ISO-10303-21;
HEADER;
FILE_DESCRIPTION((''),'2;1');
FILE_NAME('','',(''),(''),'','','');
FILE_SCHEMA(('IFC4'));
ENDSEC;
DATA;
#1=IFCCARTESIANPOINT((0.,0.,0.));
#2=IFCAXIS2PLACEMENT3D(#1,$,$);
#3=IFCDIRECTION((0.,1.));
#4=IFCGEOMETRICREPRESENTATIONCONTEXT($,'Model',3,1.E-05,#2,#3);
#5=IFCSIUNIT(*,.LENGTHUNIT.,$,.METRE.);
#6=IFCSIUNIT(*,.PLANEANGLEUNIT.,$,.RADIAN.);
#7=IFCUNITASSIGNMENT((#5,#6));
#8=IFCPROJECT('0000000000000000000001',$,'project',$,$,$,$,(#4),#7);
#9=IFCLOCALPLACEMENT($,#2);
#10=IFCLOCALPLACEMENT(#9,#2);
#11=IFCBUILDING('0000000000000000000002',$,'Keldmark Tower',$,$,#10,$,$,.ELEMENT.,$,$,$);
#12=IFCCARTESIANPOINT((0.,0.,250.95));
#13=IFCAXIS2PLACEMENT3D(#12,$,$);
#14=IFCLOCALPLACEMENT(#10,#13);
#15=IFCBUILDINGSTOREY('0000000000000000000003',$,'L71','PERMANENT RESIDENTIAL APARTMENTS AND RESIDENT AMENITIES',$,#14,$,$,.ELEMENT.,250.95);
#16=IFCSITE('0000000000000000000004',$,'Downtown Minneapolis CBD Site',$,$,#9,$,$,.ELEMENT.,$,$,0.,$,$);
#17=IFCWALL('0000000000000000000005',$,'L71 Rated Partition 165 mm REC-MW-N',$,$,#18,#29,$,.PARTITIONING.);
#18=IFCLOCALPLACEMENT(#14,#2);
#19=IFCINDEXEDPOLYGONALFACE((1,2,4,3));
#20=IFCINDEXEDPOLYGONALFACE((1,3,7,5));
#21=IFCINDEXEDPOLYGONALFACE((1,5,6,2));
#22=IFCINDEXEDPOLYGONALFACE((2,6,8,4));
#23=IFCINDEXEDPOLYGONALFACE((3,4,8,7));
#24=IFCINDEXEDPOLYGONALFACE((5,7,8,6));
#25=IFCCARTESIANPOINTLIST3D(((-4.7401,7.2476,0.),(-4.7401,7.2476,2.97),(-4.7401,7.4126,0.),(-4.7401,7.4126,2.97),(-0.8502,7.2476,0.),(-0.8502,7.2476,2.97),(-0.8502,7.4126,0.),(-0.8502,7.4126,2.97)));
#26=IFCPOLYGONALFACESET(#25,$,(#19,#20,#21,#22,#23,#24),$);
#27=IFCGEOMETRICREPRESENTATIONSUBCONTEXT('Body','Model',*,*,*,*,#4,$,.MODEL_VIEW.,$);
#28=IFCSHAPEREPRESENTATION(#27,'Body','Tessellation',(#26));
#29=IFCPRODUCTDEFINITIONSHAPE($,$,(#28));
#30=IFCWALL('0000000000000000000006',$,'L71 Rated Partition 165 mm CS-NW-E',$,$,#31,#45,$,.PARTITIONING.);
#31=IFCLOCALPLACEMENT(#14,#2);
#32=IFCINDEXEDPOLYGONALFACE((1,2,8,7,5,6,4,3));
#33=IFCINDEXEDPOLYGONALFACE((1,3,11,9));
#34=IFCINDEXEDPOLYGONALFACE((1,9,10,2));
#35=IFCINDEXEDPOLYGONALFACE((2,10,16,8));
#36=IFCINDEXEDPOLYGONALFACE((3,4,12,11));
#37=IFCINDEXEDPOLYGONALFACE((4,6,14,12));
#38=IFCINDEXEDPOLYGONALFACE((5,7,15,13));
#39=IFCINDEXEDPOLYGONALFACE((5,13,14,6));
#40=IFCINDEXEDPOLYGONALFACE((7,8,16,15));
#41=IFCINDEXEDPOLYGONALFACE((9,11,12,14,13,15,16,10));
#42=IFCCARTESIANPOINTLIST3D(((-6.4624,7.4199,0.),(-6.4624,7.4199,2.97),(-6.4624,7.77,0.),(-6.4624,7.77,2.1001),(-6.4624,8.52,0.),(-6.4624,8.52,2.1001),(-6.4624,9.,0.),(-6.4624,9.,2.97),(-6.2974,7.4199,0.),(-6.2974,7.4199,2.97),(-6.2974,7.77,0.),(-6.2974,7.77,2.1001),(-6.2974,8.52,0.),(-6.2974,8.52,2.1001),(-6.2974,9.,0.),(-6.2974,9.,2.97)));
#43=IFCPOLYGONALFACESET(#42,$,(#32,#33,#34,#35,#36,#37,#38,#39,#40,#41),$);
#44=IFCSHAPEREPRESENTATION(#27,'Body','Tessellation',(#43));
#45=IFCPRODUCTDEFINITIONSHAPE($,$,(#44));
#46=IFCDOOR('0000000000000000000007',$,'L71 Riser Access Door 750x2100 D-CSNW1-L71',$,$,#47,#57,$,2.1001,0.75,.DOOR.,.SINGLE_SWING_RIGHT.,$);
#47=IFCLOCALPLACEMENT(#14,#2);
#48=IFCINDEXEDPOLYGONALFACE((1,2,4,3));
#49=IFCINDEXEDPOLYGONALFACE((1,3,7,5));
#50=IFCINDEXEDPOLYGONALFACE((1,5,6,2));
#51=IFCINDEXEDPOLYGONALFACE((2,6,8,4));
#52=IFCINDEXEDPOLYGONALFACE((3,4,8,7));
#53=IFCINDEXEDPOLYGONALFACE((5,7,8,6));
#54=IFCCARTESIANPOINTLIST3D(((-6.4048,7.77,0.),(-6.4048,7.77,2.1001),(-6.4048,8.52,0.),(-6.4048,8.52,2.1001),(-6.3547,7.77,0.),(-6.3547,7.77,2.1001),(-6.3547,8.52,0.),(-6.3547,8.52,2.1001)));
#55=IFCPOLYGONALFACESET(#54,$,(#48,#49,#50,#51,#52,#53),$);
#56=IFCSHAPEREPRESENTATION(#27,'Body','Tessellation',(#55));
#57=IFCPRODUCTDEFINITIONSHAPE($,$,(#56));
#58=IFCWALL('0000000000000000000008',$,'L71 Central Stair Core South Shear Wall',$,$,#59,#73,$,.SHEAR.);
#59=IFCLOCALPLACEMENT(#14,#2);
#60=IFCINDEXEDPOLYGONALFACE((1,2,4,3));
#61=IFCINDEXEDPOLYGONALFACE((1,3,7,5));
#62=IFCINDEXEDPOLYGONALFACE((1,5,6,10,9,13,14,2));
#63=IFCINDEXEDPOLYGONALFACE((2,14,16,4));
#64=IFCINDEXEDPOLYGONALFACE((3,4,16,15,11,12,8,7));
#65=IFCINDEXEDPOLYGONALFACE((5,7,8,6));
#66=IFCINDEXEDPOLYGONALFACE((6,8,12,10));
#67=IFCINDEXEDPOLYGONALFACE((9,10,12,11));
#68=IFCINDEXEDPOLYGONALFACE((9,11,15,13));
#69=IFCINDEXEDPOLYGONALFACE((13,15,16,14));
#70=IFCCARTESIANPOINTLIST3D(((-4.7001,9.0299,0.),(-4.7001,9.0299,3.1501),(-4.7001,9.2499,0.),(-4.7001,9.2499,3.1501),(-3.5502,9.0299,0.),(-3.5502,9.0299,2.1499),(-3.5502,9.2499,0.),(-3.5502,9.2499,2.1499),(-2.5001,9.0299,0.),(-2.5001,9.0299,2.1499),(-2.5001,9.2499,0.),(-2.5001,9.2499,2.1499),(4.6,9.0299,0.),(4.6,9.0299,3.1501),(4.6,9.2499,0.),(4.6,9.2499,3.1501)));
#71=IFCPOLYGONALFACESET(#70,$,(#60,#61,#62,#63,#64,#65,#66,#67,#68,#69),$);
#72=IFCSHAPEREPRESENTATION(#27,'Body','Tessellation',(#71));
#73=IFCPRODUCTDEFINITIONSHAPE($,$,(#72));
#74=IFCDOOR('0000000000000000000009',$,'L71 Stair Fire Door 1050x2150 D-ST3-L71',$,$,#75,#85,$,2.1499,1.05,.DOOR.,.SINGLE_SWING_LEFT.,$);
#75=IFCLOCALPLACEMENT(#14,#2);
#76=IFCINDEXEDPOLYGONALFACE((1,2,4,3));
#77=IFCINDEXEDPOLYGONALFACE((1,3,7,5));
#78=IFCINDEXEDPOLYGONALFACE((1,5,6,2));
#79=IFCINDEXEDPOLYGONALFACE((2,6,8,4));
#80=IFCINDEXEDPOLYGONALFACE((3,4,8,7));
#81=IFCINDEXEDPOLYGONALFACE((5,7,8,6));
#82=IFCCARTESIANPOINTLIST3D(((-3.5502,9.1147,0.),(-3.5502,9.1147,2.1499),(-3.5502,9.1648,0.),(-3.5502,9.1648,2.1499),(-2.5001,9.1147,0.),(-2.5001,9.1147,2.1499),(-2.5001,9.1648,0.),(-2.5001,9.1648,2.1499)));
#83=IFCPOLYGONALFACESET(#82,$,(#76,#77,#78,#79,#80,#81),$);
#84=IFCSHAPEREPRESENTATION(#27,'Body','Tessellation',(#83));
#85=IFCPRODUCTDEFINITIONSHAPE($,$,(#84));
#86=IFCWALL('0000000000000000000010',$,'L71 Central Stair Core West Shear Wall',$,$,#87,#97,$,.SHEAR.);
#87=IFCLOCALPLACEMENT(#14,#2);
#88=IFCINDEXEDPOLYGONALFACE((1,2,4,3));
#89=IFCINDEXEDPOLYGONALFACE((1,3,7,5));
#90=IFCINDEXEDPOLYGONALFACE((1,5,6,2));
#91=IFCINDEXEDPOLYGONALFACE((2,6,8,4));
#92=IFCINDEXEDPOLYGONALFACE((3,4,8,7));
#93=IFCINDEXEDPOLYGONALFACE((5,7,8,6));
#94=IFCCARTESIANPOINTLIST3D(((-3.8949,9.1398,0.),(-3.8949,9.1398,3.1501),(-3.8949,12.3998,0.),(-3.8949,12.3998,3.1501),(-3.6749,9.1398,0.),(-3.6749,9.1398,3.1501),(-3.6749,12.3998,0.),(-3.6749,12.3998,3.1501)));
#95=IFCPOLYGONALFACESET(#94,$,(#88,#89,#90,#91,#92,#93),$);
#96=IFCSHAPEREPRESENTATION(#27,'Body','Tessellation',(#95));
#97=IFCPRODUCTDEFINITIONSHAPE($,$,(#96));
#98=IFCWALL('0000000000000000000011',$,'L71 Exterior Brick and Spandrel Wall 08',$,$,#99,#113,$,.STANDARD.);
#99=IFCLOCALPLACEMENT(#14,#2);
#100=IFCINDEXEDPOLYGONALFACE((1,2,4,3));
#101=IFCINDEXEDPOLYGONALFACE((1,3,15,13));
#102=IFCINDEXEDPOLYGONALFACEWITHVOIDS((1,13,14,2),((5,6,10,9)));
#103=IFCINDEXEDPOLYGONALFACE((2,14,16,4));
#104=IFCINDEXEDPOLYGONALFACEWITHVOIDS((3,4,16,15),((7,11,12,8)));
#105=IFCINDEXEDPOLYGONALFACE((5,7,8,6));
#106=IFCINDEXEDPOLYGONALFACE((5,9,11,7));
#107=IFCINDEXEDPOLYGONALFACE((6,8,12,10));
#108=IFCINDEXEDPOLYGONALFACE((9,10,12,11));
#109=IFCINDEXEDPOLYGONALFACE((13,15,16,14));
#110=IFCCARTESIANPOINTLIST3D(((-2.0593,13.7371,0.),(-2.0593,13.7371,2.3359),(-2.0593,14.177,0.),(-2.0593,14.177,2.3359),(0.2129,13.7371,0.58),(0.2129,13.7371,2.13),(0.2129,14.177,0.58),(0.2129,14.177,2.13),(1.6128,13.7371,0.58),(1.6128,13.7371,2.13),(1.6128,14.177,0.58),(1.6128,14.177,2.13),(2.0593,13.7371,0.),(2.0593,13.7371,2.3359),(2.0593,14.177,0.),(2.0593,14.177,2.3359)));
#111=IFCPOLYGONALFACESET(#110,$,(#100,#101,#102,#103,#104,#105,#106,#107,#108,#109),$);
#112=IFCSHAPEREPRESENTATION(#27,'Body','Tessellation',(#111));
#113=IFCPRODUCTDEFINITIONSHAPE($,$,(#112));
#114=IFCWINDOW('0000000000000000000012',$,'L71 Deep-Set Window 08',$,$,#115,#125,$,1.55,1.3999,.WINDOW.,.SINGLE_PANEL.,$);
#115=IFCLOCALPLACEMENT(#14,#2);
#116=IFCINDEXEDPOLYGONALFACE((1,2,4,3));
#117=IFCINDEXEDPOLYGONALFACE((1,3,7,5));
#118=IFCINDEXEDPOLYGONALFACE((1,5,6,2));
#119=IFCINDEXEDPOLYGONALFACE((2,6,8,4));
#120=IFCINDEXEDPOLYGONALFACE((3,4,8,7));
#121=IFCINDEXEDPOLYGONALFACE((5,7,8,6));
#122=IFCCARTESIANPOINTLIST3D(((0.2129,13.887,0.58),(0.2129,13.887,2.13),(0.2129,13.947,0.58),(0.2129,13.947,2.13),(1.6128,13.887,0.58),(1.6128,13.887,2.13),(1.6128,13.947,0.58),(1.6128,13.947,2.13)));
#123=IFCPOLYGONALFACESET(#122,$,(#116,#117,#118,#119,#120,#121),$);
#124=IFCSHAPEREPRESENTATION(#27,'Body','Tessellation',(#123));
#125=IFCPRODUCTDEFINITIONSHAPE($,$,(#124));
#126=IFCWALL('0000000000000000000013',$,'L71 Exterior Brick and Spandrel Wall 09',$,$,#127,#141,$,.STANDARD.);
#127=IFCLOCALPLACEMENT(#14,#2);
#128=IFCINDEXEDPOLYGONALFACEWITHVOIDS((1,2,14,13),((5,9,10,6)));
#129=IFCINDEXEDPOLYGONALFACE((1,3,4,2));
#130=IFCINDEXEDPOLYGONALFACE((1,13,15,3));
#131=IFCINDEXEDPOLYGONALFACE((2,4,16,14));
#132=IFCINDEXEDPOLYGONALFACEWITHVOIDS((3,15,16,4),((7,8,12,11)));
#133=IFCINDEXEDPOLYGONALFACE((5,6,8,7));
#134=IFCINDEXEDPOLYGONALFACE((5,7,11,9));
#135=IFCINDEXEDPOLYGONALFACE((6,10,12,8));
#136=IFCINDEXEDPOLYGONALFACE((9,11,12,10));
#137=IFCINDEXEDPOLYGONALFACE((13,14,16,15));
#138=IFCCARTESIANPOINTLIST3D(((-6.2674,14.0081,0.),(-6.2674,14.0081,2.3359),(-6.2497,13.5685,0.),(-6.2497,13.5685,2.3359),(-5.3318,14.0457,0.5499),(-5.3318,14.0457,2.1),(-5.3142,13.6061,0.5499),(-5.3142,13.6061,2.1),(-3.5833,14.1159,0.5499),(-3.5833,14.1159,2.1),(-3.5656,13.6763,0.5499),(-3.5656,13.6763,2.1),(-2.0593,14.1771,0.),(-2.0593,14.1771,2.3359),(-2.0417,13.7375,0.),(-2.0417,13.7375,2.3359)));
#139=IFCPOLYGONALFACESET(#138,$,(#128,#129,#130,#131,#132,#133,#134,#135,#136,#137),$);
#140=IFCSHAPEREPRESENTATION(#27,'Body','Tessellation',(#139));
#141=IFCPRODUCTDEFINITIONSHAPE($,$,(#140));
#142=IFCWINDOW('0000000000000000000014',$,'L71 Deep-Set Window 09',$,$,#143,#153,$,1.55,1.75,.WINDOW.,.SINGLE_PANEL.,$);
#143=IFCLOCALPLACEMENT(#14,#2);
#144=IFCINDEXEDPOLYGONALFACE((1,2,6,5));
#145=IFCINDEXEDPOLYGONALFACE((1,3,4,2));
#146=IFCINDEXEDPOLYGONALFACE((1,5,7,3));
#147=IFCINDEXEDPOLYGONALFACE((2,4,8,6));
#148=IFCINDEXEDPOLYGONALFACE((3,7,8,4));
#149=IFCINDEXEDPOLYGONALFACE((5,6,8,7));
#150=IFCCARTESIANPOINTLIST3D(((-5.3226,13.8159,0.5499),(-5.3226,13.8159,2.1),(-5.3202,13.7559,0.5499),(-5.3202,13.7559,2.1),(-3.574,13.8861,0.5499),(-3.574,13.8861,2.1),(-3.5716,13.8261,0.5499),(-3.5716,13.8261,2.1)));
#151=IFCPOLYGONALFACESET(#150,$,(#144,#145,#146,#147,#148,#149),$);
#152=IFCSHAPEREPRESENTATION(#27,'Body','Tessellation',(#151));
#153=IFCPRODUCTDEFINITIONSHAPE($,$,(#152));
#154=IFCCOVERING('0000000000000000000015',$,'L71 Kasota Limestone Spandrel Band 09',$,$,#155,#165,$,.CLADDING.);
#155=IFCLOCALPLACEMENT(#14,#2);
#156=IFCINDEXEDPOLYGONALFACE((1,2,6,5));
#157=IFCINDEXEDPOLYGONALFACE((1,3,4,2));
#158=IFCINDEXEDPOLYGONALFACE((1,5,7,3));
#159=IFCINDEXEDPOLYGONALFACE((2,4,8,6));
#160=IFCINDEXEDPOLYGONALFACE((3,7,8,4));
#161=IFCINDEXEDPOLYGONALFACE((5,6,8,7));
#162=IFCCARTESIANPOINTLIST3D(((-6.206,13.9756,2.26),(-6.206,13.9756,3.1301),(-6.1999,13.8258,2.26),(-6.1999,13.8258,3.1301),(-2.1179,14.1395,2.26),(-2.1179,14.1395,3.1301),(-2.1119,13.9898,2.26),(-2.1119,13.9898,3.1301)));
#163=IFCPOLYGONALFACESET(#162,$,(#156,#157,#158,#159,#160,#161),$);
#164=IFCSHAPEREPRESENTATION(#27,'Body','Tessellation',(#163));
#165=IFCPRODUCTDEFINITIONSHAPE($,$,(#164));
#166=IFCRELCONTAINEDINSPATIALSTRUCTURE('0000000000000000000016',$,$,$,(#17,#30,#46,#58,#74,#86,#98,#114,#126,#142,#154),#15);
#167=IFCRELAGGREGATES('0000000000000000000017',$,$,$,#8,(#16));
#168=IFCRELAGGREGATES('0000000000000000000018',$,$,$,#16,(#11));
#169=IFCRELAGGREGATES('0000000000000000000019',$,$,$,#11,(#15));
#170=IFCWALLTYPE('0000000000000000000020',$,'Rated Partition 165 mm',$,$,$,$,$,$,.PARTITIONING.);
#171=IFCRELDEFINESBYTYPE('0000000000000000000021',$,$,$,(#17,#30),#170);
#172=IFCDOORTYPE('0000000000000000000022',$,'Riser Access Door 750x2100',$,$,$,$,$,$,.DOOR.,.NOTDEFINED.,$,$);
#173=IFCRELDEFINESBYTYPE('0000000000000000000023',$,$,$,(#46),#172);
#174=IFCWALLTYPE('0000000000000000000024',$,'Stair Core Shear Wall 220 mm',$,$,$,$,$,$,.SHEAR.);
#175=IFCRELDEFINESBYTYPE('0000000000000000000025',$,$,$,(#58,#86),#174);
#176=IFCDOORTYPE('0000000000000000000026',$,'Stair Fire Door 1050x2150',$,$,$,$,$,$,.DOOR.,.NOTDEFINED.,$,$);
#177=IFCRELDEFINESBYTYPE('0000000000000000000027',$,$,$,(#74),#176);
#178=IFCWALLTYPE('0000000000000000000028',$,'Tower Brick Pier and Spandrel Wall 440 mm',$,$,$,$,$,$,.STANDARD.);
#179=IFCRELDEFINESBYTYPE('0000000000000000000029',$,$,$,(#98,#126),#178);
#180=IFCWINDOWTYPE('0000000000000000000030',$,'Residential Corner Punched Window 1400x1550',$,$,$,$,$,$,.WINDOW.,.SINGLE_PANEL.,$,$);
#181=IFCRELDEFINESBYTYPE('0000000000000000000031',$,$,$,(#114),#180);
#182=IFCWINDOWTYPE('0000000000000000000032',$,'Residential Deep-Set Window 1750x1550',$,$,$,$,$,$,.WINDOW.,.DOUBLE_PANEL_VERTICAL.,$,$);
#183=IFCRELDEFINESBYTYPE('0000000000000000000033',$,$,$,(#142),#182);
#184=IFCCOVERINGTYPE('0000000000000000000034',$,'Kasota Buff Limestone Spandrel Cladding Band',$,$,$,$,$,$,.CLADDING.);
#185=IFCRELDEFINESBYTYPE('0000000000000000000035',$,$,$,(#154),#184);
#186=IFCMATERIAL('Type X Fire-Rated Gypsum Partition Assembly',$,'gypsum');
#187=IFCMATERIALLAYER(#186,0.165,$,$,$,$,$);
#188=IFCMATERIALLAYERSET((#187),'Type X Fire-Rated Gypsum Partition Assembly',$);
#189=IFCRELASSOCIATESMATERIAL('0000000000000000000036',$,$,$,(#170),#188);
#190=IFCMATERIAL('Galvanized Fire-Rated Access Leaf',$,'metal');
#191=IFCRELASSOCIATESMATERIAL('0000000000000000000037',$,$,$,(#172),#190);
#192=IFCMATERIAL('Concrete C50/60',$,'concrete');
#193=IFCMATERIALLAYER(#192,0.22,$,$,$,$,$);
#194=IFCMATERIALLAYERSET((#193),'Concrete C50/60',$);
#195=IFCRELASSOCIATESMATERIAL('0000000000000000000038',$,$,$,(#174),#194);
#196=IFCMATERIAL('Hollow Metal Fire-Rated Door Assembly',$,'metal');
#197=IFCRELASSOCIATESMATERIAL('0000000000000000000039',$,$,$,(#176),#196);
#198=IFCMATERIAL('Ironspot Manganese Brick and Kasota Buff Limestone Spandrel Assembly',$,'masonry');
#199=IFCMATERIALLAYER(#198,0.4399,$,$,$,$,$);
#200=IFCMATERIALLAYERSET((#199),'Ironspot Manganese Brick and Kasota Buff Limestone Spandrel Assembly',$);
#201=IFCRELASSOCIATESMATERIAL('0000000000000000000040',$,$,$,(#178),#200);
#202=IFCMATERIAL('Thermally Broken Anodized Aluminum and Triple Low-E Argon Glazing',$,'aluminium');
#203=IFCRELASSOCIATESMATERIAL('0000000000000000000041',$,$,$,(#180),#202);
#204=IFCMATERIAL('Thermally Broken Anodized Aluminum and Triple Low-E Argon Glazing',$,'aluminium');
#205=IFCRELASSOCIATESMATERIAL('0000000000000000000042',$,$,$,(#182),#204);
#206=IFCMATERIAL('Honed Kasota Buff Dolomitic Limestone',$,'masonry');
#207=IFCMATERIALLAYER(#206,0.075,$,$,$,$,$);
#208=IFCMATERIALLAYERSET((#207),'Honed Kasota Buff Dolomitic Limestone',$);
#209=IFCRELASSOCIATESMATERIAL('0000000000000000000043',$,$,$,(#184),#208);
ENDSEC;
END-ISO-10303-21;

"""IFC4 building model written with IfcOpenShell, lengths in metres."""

from ifc_helpers import new_model, si_unit, direction, frame, frame_2d, origin, origin_2d, place, context, subcontext, project, spatial, rectangle, extrude, material, layer, layer_set, type_object, element, fill, save


model = new_model("IFC4")

# Units and contexts
model_context = context("Model", 3, precision=1e-05, world=origin(), true_north=direction((0.0, 1.0)))
body_context = subcontext(model_context, "Body", "Model", "MODEL_VIEW")
ifc_project = project(units=[si_unit("LENGTHUNIT", "METRE"), si_unit("PLANEANGLEUNIT", "RADIAN")], contexts=[model_context])

# Site, building, storey
site_placement = place(None, origin())
site = spatial("IfcSite", under=ifc_project, at=site_placement, Name="Downtown Minneapolis CBD Site", CompositionType="ELEMENT", RefElevation=0.0)
building_placement = place(site_placement, origin())
building = spatial("IfcBuilding", under=site, at=building_placement, Name="Keldmark Tower", CompositionType="ELEMENT")
storey_placement = place(building_placement, frame((0.0, 0.0, 250.95)))
storey = spatial("IfcBuildingStorey", under=building, at=storey_placement, Name="L71", Description="PERMANENT RESIDENTIAL APARTMENTS AND RESIDENT AMENITIES", CompositionType="ELEMENT", Elevation=250.95)

# Shared definitions
ifc_material_1 = material(Name="Type X Fire-Rated Gypsum Partition Assembly", Category="gypsum")
ifc_layer_1 = layer(ifc_material_1, 0.165)
ifc_layer_set_1 = layer_set([ifc_layer_1], Name="Type X Fire-Rated Gypsum Partition Assembly")
wall_type_1 = type_object("IfcWallType", Name="Rated Partition 165 mm", PredefinedType="PARTITIONING", material=ifc_layer_set_1)

# Wall
wall_1_placement = place(storey_placement, frame((-4.74, 7.3301, 0.0), z_axis=(0.0, 0.0, 1.0), x_axis=(1.0, 0.0, 0.0)))
element("IfcWall", 1, at=wall_1_placement, inside=storey, type_object=wall_type_1, Name="L71 Rated Partition 165 mm REC-MW-N", PredefinedType="PARTITIONING", context=body_context, shape_type="SweptSolid", body=[
    extrude(rectangle(XDim=3.8899, YDim=0.165, at=frame_2d((1.9448, 0.0))), origin(), (0.0, 0.0, 1.0), 2.97),
])

# Wall, opening, door
wall_2_placement = place(storey_placement, frame((-6.3799, 7.4199, 0.0), z_axis=(0.0, 0.0, 1.0), x_axis=(0.0, 1.0, 0.0)))
wall_2 = element("IfcWall", 2, at=wall_2_placement, inside=storey, type_object=wall_type_1, Name="L71 Rated Partition 165 mm CS-NW-E", PredefinedType="PARTITIONING", context=body_context, shape_type="SweptSolid", body=[
    extrude(rectangle(XDim=1.5801, YDim=0.165, at=frame_2d((0.79, 0.0))), origin(), (0.0, 0.0, 1.0), 2.97),
])
opening_1_placement = place(wall_2_placement, frame((0.3501, 0.0, 0.0)))
opening_1 = element("IfcOpeningElement", 3, at=opening_1_placement, cuts=wall_2, PredefinedType="OPENING", context=body_context, shape_type="SweptSolid", body=[
    extrude(rectangle(XDim=0.75, YDim=2.1001, at=frame_2d((0.375, 1.05))), frame((0.0, 0.0925, 0.0), z_axis=(0.0, -1.0, 0.0), x_axis=(1.0, 0.0, 0.0)), (0.0, 0.0, 1.0), 0.1851),
])
ifc_material_2 = material(Name="Galvanized Fire-Rated Access Leaf", Category="metal")
door_type_1 = type_object("IfcDoorType", Name="Riser Access Door 750x2100", OperationType="NOTDEFINED", PredefinedType="DOOR", material=ifc_material_2)
door_1_placement = place(opening_1_placement, origin())
door_1 = element("IfcDoor", 4, at=door_1_placement, inside=storey, type_object=door_type_1, Name="L71 Riser Access Door 750x2100 D-CSNW1-L71", OperationType="SINGLE_SWING_RIGHT", OverallHeight=2.1001, OverallWidth=0.75, PredefinedType="DOOR", context=body_context, shape_type="SweptSolid", body=[
    extrude(rectangle(XDim=0.75, YDim=2.1001, at=frame_2d((0.375, 1.05))), frame((0.0, 0.0249, 0.0), z_axis=(0.0, -1.0, 0.0), x_axis=(1.0, 0.0, 0.0)), (0.0, 0.0, 1.0), 0.05),
])
fill(opening_1, door_1)

# Wall, opening, door
ifc_material_3 = material(Name="Concrete C50/60", Category="concrete")
ifc_layer_2 = layer(ifc_material_3, 0.22)
ifc_layer_set_2 = layer_set([ifc_layer_2], Name="Concrete C50/60")
wall_type_2 = type_object("IfcWallType", Name="Stair Core Shear Wall 220 mm", PredefinedType="SHEAR", material=ifc_layer_set_2)
wall_3_placement = place(storey_placement, frame((-4.7, 9.1399, 0.0), z_axis=(0.0, 0.0, 1.0), x_axis=(1.0, 0.0, 0.0)))
wall_3 = element("IfcWall", 5, at=wall_3_placement, inside=storey, type_object=wall_type_2, Name="L71 Central Stair Core South Shear Wall", PredefinedType="SHEAR", context=body_context, shape_type="SweptSolid", body=[
    extrude(rectangle(XDim=9.3, YDim=0.22, at=frame_2d((4.6499, 0.0))), origin(), (0.0, 0.0, 1.0), 3.1501),
])
opening_2_placement = place(wall_3_placement, frame((1.1499, 0.0, 0.0)))
opening_2 = element("IfcOpeningElement", 6, at=opening_2_placement, cuts=wall_3, PredefinedType="OPENING", context=body_context, shape_type="SweptSolid", body=[
    extrude(rectangle(XDim=1.05, YDim=2.1499, at=frame_2d((0.5249, 1.075))), frame((0.0, 0.1199, 0.0), z_axis=(0.0, -1.0, 0.0), x_axis=(1.0, 0.0, 0.0)), (0.0, 0.0, 1.0), 0.24),
])
ifc_material_4 = material(Name="Hollow Metal Fire-Rated Door Assembly", Category="metal")
door_type_2 = type_object("IfcDoorType", Name="Stair Fire Door 1050x2150", OperationType="NOTDEFINED", PredefinedType="DOOR", material=ifc_material_4)
door_2_placement = place(opening_2_placement, origin())
door_2 = element("IfcDoor", 7, at=door_2_placement, inside=storey, type_object=door_type_2, Name="L71 Stair Fire Door 1050x2150 D-ST3-L71", OperationType="SINGLE_SWING_LEFT", OverallHeight=2.1499, OverallWidth=1.05, PredefinedType="DOOR", context=body_context, shape_type="SweptSolid", body=[
    extrude(rectangle(XDim=1.05, YDim=2.1499, at=frame_2d((0.5249, 1.075))), frame((0.0, 0.0249, 0.0), z_axis=(0.0, -1.0, 0.0), x_axis=(1.0, 0.0, 0.0)), (0.0, 0.0, 1.0), 0.05),
])
fill(opening_2, door_2)

# Wall
wall_4_placement = place(storey_placement, frame((-3.7849, 9.1399, 0.0), z_axis=(0.0, 0.0, 1.0), x_axis=(0.0, 1.0, 0.0)))
element("IfcWall", 8, at=wall_4_placement, inside=storey, type_object=wall_type_2, Name="L71 Central Stair Core West Shear Wall", PredefinedType="SHEAR", context=body_context, shape_type="SweptSolid", body=[
    extrude(rectangle(XDim=3.26, YDim=0.22, at=frame_2d((1.6299, 0.0))), origin(), (0.0, 0.0, 1.0), 3.1501),
])

# Walls, openings, windows
ifc_material_5 = material(Name="Ironspot Manganese Brick and Kasota Buff Limestone Spandrel Assembly", Category="masonry")
ifc_layer_3 = layer(ifc_material_5, 0.4399)
ifc_layer_set_3 = layer_set([ifc_layer_3], Name="Ironspot Manganese Brick and Kasota Buff Limestone Spandrel Assembly")
wall_type_3 = type_object("IfcWallType", Name="Tower Brick Pier and Spandrel Wall 440 mm", PredefinedType="STANDARD", material=ifc_layer_set_3)
wall_5_placement = place(storey_placement, frame((-2.0593, 13.957, 0.0), z_axis=(0.0, 0.0, 1.0), x_axis=(1.0, 0.0, 0.0)))
wall_5 = element("IfcWall", 9, at=wall_5_placement, inside=storey, type_object=wall_type_3, Name="L71 Exterior Brick and Spandrel Wall 08", PredefinedType="STANDARD", context=body_context, shape_type="SweptSolid", body=[
    extrude(rectangle(XDim=4.1187, YDim=0.4399, at=frame_2d((2.0593, 0.0))), origin(), (0.0, 0.0, 1.0), 2.3359),
])
opening_3_placement = place(wall_5_placement, frame((2.2722, 0.0, 0.5801)))
opening_3 = element("IfcOpeningElement", 10, at=opening_3_placement, cuts=wall_5, PredefinedType="OPENING", context=body_context, shape_type="SweptSolid", body=[
    extrude(rectangle(XDim=1.3999, YDim=1.55, at=frame_2d((0.7, 0.7749))), frame((0.0, 0.23, 0.0), z_axis=(0.0, -1.0, 0.0), x_axis=(1.0, 0.0, 0.0)), (0.0, 0.0, 1.0), 0.46),
])
ifc_material_6 = material(Name="Thermally Broken Anodized Aluminum and Triple Low-E Argon Glazing", Category="aluminium")
window_type_1 = type_object("IfcWindowType", Name="Residential Corner Punched Window 1400x1550", PartitioningType="SINGLE_PANEL", PredefinedType="WINDOW", material=ifc_material_6)
window_1_placement = place(opening_3_placement, origin())
window_1 = element("IfcWindow", 11, at=window_1_placement, inside=storey, type_object=window_type_1, Name="L71 Deep-Set Window 08", OverallHeight=1.55, OverallWidth=1.3999, PartitioningType="SINGLE_PANEL", PredefinedType="WINDOW", context=body_context, shape_type="SweptSolid", body=[
    extrude(rectangle(XDim=1.3999, YDim=1.55, at=frame_2d((0.7, 0.7749))), frame((0.0, -0.01, 0.0), z_axis=(0.0, -1.0, 0.0), x_axis=(1.0, 0.0, 0.0)), (0.0, 0.0, 1.0), 0.0601),
])
fill(opening_3, window_1)
wall_6_placement = place(storey_placement, frame((-6.2585, 13.7883, 0.0), z_axis=(0.0, 0.0, 1.0), x_axis=(0.999195, 0.040116, 0.0)))
wall_6 = element("IfcWall", 12, at=wall_6_placement, inside=storey, type_object=wall_type_3, Name="L71 Exterior Brick and Spandrel Wall 09", PredefinedType="STANDARD", context=body_context, shape_type="SweptSolid", body=[
    extrude(rectangle(XDim=4.2114, YDim=0.4399, at=frame_2d((2.1057, 0.0))), origin(), (0.0, 0.0, 1.0), 2.3359),
])
opening_4_placement = place(wall_6_placement, frame((0.9363, 0.0, 0.55)))
opening_4 = element("IfcOpeningElement", 13, at=opening_4_placement, cuts=wall_6, PredefinedType="OPENING", context=body_context, shape_type="SweptSolid", body=[
    extrude(rectangle(XDim=1.75, YDim=1.55, at=frame_2d((0.875, 0.7749))), frame((0.0, 0.23, 0.0), z_axis=(0.0, -1.0, 0.0), x_axis=(1.0, 0.0, 0.0)), (0.0, 0.0, 1.0), 0.46),
])
ifc_material_7 = material(Name="Thermally Broken Anodized Aluminum and Triple Low-E Argon Glazing", Category="aluminium")
window_type_2 = type_object("IfcWindowType", Name="Residential Deep-Set Window 1750x1550", PartitioningType="DOUBLE_PANEL_VERTICAL", PredefinedType="WINDOW", material=ifc_material_7)
window_2_placement = place(opening_4_placement, origin())
window_2 = element("IfcWindow", 14, at=window_2_placement, inside=storey, type_object=window_type_2, Name="L71 Deep-Set Window 09", OverallHeight=1.55, OverallWidth=1.75, PartitioningType="SINGLE_PANEL", PredefinedType="WINDOW", context=body_context, shape_type="SweptSolid", body=[
    extrude(rectangle(XDim=1.75, YDim=1.55, at=frame_2d((0.875, 0.7749))), frame((0.0, -0.01, 0.0), z_axis=(0.0, -1.0, 0.0), x_axis=(1.0, 0.0, 0.0)), (0.0, 0.0, 1.0), 0.0601),
])
fill(opening_4, window_2)

# Covering
ifc_material_8 = material(Name="Honed Kasota Buff Dolomitic Limestone", Category="masonry")
ifc_layer_4 = layer(ifc_material_8, 0.075)
ifc_layer_set_4 = layer_set([ifc_layer_4], Name="Honed Kasota Buff Dolomitic Limestone")
covering_type = type_object("IfcCoveringType", Name="Kasota Buff Limestone Spandrel Cladding Band", PredefinedType="CLADDING", material=ifc_layer_set_4)
covering_placement = place(storey_placement, frame((-4.1589, 13.9827, 2.26), z_axis=(0.0, 0.0, 1.0), x_axis=(-0.999196, -0.040079, 0.0)))
element("IfcCovering", 15, at=covering_placement, inside=storey, type_object=covering_type, Name="L71 Kasota Limestone Spandrel Band 09", PredefinedType="CLADDING", context=body_context, shape_type="SweptSolid", body=[
    extrude(rectangle(XDim=4.0913, YDim=0.1499, at=origin_2d()), origin(), (0.0, 0.0, 1.0), 0.8701),
])

save(model, "model.ifc")
